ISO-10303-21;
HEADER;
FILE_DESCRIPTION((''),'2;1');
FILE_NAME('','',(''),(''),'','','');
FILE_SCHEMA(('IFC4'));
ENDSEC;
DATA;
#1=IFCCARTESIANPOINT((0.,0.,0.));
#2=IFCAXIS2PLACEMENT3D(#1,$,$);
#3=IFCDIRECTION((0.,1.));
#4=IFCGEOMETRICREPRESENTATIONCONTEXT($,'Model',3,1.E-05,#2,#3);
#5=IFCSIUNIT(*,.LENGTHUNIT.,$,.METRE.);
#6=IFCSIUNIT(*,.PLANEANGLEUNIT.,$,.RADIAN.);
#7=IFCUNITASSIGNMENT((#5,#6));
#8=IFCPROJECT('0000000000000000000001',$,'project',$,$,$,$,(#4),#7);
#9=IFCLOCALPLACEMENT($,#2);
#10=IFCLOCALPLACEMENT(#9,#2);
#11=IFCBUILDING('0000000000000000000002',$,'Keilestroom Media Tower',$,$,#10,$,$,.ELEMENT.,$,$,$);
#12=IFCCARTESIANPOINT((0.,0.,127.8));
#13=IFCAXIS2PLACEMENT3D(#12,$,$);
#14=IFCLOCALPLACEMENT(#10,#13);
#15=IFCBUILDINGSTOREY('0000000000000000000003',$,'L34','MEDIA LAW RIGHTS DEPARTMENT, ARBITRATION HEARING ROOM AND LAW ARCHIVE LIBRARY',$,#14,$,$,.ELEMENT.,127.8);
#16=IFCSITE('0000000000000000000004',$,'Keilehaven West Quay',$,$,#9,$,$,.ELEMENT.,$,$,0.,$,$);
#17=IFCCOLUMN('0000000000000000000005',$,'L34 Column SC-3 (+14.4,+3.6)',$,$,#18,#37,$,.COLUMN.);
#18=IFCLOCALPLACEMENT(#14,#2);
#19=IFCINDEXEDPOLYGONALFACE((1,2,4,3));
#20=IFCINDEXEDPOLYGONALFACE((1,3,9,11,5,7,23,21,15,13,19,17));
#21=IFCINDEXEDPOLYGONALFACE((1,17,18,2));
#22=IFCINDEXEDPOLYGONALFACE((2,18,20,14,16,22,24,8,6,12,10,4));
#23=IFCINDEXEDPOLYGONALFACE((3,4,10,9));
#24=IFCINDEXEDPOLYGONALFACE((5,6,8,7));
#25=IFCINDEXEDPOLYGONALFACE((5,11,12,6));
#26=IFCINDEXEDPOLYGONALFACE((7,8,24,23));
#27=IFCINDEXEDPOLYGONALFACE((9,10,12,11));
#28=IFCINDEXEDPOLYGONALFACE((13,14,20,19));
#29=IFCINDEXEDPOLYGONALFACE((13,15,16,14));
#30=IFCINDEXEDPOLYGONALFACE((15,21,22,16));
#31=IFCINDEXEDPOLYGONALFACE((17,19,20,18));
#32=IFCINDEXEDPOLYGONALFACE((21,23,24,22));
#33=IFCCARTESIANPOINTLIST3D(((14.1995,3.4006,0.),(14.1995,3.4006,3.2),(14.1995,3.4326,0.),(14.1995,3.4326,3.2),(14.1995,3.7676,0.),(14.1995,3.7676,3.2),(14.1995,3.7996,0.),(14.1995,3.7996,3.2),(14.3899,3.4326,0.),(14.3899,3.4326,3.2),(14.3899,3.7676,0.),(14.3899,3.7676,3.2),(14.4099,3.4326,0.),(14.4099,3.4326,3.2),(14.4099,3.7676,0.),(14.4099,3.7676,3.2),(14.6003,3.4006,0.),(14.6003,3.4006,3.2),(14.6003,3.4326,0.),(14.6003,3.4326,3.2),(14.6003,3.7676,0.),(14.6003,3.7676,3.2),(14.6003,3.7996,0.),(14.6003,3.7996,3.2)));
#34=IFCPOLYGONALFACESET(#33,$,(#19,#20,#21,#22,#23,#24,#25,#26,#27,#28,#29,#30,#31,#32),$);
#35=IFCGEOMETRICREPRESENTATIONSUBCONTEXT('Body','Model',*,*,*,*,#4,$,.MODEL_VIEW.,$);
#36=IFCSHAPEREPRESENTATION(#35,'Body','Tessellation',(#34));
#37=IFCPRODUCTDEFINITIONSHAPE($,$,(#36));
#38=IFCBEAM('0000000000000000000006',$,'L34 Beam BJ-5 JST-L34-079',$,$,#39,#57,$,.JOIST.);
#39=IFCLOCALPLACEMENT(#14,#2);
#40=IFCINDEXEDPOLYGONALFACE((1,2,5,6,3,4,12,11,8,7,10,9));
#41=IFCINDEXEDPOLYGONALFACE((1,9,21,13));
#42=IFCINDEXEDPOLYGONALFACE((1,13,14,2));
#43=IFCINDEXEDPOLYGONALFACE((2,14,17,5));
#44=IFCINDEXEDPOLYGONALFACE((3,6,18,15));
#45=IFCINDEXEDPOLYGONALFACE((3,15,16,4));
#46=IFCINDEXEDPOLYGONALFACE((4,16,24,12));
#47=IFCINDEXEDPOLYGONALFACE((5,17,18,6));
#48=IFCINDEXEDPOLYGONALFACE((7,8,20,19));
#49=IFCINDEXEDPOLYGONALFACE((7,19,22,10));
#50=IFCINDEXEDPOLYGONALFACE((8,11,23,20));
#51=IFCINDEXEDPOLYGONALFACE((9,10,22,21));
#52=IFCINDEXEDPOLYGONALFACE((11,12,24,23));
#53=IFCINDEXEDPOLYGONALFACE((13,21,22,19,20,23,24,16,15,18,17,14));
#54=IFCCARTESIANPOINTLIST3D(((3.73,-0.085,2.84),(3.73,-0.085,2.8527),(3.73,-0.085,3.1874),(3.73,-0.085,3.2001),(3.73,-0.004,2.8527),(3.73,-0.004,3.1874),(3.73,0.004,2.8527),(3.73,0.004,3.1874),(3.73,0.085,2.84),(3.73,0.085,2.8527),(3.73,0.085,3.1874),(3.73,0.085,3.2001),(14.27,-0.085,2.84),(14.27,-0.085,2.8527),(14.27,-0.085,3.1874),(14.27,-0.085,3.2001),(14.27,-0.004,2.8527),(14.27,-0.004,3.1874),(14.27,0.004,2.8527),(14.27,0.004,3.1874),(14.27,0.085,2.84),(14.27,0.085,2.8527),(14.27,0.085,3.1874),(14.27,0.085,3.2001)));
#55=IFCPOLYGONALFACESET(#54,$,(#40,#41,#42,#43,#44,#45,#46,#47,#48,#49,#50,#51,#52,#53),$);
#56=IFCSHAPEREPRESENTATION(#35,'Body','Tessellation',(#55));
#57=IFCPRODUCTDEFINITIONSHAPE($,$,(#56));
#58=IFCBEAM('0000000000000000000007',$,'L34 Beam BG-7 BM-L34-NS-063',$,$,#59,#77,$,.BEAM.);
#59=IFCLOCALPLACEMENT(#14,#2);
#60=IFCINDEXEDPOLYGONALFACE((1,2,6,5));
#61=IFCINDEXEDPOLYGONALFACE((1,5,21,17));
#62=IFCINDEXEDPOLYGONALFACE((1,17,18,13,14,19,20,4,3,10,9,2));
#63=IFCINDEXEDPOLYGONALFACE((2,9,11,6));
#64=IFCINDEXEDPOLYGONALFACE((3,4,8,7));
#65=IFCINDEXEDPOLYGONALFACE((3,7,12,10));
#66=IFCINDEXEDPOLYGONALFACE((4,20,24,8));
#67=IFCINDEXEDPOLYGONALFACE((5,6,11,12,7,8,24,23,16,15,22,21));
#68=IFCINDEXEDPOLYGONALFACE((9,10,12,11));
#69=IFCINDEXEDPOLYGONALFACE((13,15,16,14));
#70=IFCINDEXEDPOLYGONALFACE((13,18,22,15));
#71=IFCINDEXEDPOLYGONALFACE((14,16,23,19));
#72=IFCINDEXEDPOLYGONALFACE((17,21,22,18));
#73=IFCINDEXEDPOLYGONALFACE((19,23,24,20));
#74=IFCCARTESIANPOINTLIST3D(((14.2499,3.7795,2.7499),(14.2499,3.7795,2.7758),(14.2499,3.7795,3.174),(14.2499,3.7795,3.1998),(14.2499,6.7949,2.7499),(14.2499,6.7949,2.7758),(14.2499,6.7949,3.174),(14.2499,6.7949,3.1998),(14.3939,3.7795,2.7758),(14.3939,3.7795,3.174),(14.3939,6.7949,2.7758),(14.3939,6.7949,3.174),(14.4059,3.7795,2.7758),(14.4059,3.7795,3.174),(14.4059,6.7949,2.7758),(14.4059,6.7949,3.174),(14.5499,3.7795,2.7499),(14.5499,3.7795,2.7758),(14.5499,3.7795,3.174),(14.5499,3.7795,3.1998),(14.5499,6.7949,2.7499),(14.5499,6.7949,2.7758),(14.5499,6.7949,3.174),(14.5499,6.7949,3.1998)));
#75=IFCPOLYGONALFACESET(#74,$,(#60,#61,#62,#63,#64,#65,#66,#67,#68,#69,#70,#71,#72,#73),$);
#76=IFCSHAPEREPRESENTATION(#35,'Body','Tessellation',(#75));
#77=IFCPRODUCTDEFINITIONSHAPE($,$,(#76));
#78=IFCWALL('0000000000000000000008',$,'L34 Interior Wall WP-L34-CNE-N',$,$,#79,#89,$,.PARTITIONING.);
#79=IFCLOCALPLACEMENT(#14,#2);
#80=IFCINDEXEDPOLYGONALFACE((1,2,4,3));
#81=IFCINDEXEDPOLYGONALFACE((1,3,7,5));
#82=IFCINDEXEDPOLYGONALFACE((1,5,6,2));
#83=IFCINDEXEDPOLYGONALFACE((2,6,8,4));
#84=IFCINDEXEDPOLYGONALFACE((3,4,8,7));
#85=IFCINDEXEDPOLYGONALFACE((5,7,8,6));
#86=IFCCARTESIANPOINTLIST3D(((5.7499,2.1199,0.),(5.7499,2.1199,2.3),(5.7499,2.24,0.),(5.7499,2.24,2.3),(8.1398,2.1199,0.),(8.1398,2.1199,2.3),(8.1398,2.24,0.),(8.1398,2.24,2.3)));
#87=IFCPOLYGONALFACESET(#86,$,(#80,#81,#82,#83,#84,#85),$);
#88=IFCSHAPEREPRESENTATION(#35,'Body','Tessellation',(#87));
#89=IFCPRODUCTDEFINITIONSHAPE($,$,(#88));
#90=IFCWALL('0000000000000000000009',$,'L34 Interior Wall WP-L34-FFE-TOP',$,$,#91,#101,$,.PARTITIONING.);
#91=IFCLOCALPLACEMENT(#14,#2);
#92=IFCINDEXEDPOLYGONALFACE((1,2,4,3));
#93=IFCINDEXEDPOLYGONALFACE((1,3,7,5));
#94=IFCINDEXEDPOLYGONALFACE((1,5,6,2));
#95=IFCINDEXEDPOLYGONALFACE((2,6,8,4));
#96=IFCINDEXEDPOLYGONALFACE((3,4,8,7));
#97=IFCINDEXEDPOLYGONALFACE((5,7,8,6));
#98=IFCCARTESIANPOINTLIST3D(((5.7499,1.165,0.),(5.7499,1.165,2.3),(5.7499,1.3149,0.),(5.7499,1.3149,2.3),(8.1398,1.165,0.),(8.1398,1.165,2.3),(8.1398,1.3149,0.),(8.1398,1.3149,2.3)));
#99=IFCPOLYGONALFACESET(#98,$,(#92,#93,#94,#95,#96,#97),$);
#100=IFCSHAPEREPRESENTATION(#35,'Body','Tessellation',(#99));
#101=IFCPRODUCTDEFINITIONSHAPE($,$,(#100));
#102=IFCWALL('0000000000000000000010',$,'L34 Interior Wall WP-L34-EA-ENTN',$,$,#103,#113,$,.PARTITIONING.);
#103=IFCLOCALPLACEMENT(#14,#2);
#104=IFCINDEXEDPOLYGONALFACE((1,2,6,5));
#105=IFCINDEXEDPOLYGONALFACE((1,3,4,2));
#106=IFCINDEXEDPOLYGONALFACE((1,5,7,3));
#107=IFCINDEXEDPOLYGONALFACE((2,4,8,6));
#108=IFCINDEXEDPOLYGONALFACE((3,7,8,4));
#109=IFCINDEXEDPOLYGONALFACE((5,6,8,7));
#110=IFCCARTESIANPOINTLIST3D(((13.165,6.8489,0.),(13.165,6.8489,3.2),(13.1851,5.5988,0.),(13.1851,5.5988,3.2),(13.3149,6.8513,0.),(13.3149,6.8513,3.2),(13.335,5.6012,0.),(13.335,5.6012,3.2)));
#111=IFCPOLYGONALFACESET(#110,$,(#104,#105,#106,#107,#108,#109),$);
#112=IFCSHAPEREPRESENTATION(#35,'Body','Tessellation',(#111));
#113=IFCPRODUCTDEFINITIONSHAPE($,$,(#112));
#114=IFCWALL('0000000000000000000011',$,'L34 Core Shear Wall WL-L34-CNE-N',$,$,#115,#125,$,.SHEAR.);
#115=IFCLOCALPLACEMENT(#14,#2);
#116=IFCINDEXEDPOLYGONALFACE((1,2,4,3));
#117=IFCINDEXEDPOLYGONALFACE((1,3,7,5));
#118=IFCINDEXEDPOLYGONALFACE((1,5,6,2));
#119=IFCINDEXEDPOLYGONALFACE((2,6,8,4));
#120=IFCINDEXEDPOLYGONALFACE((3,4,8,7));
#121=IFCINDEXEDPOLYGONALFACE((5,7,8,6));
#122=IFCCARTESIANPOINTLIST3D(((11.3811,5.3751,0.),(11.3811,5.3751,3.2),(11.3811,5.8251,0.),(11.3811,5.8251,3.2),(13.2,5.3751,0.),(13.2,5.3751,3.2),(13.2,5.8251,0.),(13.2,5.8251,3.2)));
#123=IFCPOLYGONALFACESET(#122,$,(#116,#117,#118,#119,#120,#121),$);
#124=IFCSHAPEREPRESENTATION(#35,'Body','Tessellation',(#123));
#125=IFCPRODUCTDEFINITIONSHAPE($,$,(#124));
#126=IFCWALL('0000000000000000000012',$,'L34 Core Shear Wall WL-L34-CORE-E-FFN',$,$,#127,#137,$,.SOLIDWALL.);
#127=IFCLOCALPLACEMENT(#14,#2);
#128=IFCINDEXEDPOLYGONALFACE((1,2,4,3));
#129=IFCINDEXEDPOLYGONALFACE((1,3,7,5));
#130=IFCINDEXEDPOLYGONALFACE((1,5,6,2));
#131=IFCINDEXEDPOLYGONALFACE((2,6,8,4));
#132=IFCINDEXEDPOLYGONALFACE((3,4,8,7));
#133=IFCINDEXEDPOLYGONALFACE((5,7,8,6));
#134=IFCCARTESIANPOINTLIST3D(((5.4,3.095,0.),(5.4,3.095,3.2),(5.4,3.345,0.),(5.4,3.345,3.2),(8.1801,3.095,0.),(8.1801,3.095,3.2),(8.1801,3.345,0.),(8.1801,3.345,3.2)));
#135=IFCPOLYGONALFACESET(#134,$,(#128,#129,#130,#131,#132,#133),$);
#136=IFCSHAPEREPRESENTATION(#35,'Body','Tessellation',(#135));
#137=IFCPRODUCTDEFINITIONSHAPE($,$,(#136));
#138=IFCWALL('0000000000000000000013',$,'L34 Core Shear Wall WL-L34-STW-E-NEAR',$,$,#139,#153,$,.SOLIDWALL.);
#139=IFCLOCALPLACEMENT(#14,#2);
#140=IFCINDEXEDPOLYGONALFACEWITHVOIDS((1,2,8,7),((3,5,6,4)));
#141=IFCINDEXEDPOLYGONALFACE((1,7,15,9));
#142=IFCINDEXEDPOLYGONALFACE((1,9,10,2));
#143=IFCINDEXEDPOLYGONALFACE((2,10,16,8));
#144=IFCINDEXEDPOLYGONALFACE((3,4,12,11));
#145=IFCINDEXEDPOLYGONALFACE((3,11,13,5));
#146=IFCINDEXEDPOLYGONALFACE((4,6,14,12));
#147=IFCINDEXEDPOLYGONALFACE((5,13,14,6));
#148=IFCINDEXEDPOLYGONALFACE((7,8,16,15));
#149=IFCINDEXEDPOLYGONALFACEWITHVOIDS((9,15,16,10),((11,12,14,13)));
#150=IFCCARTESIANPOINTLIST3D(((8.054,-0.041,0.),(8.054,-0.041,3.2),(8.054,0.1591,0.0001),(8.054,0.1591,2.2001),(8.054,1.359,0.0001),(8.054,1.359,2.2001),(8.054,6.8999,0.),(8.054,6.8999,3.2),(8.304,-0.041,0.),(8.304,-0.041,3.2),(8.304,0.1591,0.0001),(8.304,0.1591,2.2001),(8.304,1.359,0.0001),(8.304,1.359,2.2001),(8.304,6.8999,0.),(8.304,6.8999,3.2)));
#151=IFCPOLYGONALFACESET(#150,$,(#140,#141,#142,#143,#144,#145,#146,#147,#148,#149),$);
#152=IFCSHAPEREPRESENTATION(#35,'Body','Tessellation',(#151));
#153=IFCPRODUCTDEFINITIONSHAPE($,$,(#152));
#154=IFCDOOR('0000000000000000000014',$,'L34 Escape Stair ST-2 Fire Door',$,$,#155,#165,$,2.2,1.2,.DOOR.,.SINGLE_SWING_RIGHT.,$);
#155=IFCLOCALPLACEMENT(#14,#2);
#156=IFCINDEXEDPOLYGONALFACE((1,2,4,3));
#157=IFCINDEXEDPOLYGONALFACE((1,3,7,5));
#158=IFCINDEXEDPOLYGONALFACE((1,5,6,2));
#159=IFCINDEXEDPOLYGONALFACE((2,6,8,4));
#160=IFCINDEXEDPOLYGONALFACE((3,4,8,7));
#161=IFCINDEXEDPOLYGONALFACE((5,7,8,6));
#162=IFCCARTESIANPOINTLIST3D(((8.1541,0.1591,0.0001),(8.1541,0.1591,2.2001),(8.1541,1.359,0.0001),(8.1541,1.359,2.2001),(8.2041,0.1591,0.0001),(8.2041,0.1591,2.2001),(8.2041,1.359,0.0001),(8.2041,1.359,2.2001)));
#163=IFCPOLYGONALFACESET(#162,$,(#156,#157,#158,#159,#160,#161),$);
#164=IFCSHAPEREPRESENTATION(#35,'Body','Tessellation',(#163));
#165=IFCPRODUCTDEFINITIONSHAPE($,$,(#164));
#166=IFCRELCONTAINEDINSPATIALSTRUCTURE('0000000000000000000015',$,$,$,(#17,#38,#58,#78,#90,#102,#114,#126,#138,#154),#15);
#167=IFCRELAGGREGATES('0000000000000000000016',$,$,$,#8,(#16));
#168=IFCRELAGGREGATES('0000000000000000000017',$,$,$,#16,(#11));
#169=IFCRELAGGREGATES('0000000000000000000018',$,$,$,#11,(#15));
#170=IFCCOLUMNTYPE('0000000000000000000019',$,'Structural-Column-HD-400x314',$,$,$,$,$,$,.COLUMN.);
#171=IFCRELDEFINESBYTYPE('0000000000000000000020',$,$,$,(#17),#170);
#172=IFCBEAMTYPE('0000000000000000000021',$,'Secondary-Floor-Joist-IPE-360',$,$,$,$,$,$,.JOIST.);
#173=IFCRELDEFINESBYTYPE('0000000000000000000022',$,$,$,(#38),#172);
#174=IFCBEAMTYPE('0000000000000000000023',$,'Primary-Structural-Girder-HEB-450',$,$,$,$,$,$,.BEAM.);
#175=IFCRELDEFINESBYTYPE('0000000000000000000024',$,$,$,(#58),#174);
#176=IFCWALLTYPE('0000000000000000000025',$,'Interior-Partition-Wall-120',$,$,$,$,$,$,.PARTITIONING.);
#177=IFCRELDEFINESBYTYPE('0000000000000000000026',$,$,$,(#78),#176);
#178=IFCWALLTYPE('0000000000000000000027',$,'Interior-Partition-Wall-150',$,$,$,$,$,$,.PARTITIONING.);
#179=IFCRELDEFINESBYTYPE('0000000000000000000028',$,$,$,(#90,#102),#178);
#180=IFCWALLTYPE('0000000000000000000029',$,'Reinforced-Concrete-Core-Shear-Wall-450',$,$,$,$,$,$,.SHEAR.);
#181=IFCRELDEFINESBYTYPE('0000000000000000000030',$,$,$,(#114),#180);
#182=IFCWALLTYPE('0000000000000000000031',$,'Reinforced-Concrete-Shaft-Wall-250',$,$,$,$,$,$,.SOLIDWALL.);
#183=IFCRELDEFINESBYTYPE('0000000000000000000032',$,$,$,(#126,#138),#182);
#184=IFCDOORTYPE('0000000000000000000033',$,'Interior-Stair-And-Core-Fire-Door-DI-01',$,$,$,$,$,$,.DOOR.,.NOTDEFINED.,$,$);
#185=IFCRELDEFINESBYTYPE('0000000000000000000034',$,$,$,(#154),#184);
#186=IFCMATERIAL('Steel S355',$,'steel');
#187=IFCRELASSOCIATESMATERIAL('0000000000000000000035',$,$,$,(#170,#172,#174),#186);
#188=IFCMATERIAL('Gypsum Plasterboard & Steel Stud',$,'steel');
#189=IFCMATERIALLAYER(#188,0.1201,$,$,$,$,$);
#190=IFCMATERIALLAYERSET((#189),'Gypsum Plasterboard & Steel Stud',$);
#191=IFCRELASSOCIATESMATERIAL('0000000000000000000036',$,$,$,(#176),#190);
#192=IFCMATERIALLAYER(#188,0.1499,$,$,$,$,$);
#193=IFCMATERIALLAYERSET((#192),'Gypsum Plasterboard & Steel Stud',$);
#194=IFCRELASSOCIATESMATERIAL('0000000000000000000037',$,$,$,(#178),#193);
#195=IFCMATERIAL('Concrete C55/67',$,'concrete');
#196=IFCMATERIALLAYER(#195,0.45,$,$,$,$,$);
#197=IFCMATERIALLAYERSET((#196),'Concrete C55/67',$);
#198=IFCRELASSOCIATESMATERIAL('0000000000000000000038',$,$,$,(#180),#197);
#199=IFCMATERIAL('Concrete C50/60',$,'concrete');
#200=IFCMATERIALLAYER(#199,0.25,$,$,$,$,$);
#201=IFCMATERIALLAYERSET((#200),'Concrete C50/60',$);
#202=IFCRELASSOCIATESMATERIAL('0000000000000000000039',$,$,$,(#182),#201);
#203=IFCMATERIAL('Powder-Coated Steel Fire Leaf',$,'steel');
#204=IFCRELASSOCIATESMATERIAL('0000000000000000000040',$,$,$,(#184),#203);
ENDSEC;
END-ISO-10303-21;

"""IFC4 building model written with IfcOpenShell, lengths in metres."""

from ifc_helpers import new_model, si_unit, direction, frame, frame_2d, origin, origin_2d, place, context, subcontext, project, spatial, rectangle, i_section, extrude, source, transform, mapped, material, layer, layer_set, material_profile, profile_set, type_object, element, fill, save


model = new_model("IFC4")

# Units and contexts
model_context = context("Model", 3, precision=1e-05, world=origin(), true_north=direction((0.0, 1.0)))
body_context = subcontext(model_context, "Body", "Model", "MODEL_VIEW")
ifc_project = project(units=[si_unit("LENGTHUNIT", "METRE"), si_unit("PLANEANGLEUNIT", "RADIAN")], contexts=[model_context])

# Site, building, storey
site_placement = place(None, origin())
site = spatial("IfcSite", under=ifc_project, at=site_placement, Name="Keilehaven West Quay", CompositionType="ELEMENT", RefElevation=0.0)
building_placement = place(site_placement, origin())
building = spatial("IfcBuilding", under=site, at=building_placement, Name="Keilestroom Media Tower", CompositionType="ELEMENT")
storey_placement = place(building_placement, frame((0.0, 0.0, 127.8)))
storey = spatial("IfcBuildingStorey", under=building, at=storey_placement, Name="L34", Description="MEDIA LAW RIGHTS DEPARTMENT, ARBITRATION HEARING ROOM AND LAW ARCHIVE LIBRARY", CompositionType="ELEMENT", Elevation=127.8)

# Column
ifc_material_1 = material(Name="Steel S355", Category="steel")
ifc_material_profile_1 = material_profile(ifc_material_1, i_section(OverallWidth=0.4009, OverallDepth=0.3989, WebThickness=0.02, FlangeThickness=0.032, at=origin_2d()), Name="HD 400x314")
ifc_profile_set_1 = profile_set([ifc_material_profile_1], Name="Steel S355")
column_type = type_object("IfcColumnType", Name="Structural-Column-HD-400x314", PredefinedType="COLUMN", material=ifc_profile_set_1)
shared_shape_1 = source(origin(), body_context, "Body", "SweptSolid", [
    extrude(i_section(OverallWidth=0.4009, OverallDepth=0.3989, WebThickness=0.02, FlangeThickness=0.032, at=origin_2d()), origin(), (0.0, 0.0, 1.0), 3.2),
])
column_placement = place(storey_placement, frame((14.3999, 3.6001, 0.0), z_axis=(0.0, 0.0, 1.0), x_axis=(1.0, 0.0, 0.0)))
element("IfcColumn", 1, at=column_placement, inside=storey, type_object=column_type, Name="L34 Column SC-3 (+14.4,+3.6)", PredefinedType="COLUMN", context=body_context, shape_type="MappedRepresentation", body=[
    mapped(shared_shape_1, transform((0.0, 0.0, 0.0), x_axis=(1.0, 0.0, 0.0), y_axis=(0.0, 1.0, 0.0), z_axis=(0.0, 0.0, 1.0), scale=1.0)),
])

# Beams
ifc_material_profile_2 = material_profile(ifc_material_1, i_section(OverallWidth=0.1699, OverallDepth=0.3601, WebThickness=0.0081, FlangeThickness=0.0127, at=origin_2d()), Name="IPE 360")
ifc_profile_set_2 = profile_set([ifc_material_profile_2], Name="Steel S355")
beam_type_1 = type_object("IfcBeamType", Name="Secondary-Floor-Joist-IPE-360", PredefinedType="JOIST", material=ifc_profile_set_2)
shared_shape_2 = source(origin(), body_context, "Body", "SweptSolid", [
    extrude(i_section(OverallWidth=0.1699, OverallDepth=0.3601, WebThickness=0.0081, FlangeThickness=0.0127, at=origin_2d()), origin(), (0.0, 0.0, 1.0), 10.54),
])
beam_1_placement = place(storey_placement, frame((3.73, 0.0, 3.02), z_axis=(1.0, 0.0, 0.0), x_axis=(0.0, 1.0, 0.0)))
element("IfcBeam", 2, at=beam_1_placement, inside=storey, type_object=beam_type_1, Name="L34 Beam BJ-5 JST-L34-079", PredefinedType="JOIST", context=body_context, shape_type="MappedRepresentation", body=[
    mapped(shared_shape_2, transform((0.0, 0.0, 0.0), x_axis=(1.0, 0.0, 0.0), y_axis=(0.0, 1.0, 0.0), z_axis=(0.0, 0.0, 1.0), scale=1.0)),
])
ifc_material_profile_3 = material_profile(ifc_material_1, i_section(OverallWidth=0.3, OverallDepth=0.45, WebThickness=0.012, FlangeThickness=0.0259, at=origin_2d()), Name="HEB 450")
ifc_profile_set_3 = profile_set([ifc_material_profile_3], Name="Steel S355")
beam_type_2 = type_object("IfcBeamType", Name="Primary-Structural-Girder-HEB-450", PredefinedType="BEAM", material=ifc_profile_set_3)
shared_shape_3 = source(origin(), body_context, "Body", "SweptSolid", [
    extrude(i_section(OverallWidth=0.3, OverallDepth=0.45, WebThickness=0.012, FlangeThickness=0.0259, at=origin_2d()), origin(), (0.0, 0.0, 1.0), 3.0154),
])
beam_2_placement = place(storey_placement, frame((14.3999, 3.7795, 2.9749), z_axis=(0.0, 1.0, 0.0), x_axis=(-1.0, 0.0, 0.0)))
element("IfcBeam", 3, at=beam_2_placement, inside=storey, type_object=beam_type_2, Name="L34 Beam BG-7 BM-L34-NS-063", PredefinedType="BEAM", context=body_context, shape_type="MappedRepresentation", body=[
    mapped(shared_shape_3, transform((0.0, 0.0, 0.0), x_axis=(1.0, 0.0, 0.0), y_axis=(0.0, 1.0, 0.0), z_axis=(0.0, 0.0, 1.0), scale=1.0)),
])

# Walls
ifc_material_2 = material(Name="Gypsum Plasterboard & Steel Stud", Category="steel")
ifc_layer_1 = layer(ifc_material_2, 0.1201)
ifc_layer_set_1 = layer_set([ifc_layer_1], Name="Gypsum Plasterboard & Steel Stud")
wall_type_1 = type_object("IfcWallType", Name="Interior-Partition-Wall-120", PredefinedType="PARTITIONING", material=ifc_layer_set_1)
wall_1_placement = place(storey_placement, frame((5.75, 2.1799, 0.0), z_axis=(0.0, 0.0, 1.0), x_axis=(1.0, 0.0, 0.0)))
element("IfcWall", 4, at=wall_1_placement, inside=storey, type_object=wall_type_1, Name="L34 Interior Wall WP-L34-CNE-N", PredefinedType="PARTITIONING", context=body_context, shape_type="SweptSolid", body=[
    extrude(rectangle(XDim=2.3899, YDim=0.1201, at=frame_2d((1.1948, 0.0))), origin(), (0.0, 0.0, 1.0), 2.3),
])
ifc_layer_2 = layer(ifc_material_2, 0.1499)
ifc_layer_set_2 = layer_set([ifc_layer_2], Name="Gypsum Plasterboard & Steel Stud")
wall_type_2 = type_object("IfcWallType", Name="Interior-Partition-Wall-150", PredefinedType="PARTITIONING", material=ifc_layer_set_2)
wall_2_placement = place(storey_placement, frame((5.75, 1.24, 0.0), z_axis=(0.0, 0.0, 1.0), x_axis=(1.0, 0.0, 0.0)))
element("IfcWall", 5, at=wall_2_placement, inside=storey, type_object=wall_type_2, Name="L34 Interior Wall WP-L34-FFE-TOP", PredefinedType="PARTITIONING", context=body_context, shape_type="SweptSolid", body=[
    extrude(rectangle(XDim=2.3899, YDim=0.1499, at=frame_2d((1.1948, 0.0))), origin(), (0.0, 0.0, 1.0), 2.3),
])
wall_3_placement = place(storey_placement, frame((13.26, 5.6001, 0.0), z_axis=(0.0, 0.0, 1.0), x_axis=(-0.016014, 0.999872, 0.0)))
element("IfcWall", 6, at=wall_3_placement, inside=storey, type_object=wall_type_2, Name="L34 Interior Wall WP-L34-EA-ENTN", PredefinedType="PARTITIONING", context=body_context, shape_type="SweptSolid", body=[
    extrude(rectangle(XDim=1.2502, YDim=0.1499, at=frame_2d((0.625, 0.0))), origin(), (0.0, 0.0, 1.0), 3.2),
])
ifc_material_3 = material(Name="Concrete C55/67", Category="concrete")
ifc_layer_3 = layer(ifc_material_3, 0.45)
ifc_layer_set_3 = layer_set([ifc_layer_3], Name="Concrete C55/67")
wall_type_3 = type_object("IfcWallType", Name="Reinforced-Concrete-Core-Shear-Wall-450", PredefinedType="SHEAR", material=ifc_layer_set_3)
wall_4_placement = place(storey_placement, frame((11.3811, 5.6001, 0.0), z_axis=(0.0, 0.0, 1.0), x_axis=(1.0, 0.0, 0.0)))
element("IfcWall", 7, at=wall_4_placement, inside=storey, type_object=wall_type_3, Name="L34 Core Shear Wall WL-L34-CNE-N", PredefinedType="SHEAR", context=body_context, shape_type="SweptSolid", body=[
    extrude(rectangle(XDim=1.8188, YDim=0.45, at=frame_2d((0.9094, 0.0))), origin(), (0.0, 0.0, 1.0), 3.2),
])
ifc_material_4 = material(Name="Concrete C50/60", Category="concrete")
ifc_layer_4 = layer(ifc_material_4, 0.25)
ifc_layer_set_4 = layer_set([ifc_layer_4], Name="Concrete C50/60")
wall_type_4 = type_object("IfcWallType", Name="Reinforced-Concrete-Shaft-Wall-250", PredefinedType="SOLIDWALL", material=ifc_layer_set_4)
wall_5_placement = place(storey_placement, frame((5.3999, 3.22, 0.0), z_axis=(0.0, 0.0, 1.0), x_axis=(1.0, 0.0, 0.0)))
element("IfcWall", 8, at=wall_5_placement, inside=storey, type_object=wall_type_4, Name="L34 Core Shear Wall WL-L34-CORE-E-FFN", PredefinedType="SOLIDWALL", context=body_context, shape_type="SweptSolid", body=[
    extrude(rectangle(XDim=2.78, YDim=0.25, at=frame_2d((1.3901, 0.0))), origin(), (0.0, 0.0, 1.0), 3.2),
])

# Wall, opening, door
wall_6_placement = place(storey_placement, frame((8.179, -0.041, 0.0), z_axis=(0.0, 0.0, 1.0), x_axis=(0.0, 1.0, 0.0)))
wall_6 = element("IfcWall", 9, at=wall_6_placement, inside=storey, type_object=wall_type_4, Name="L34 Core Shear Wall WL-L34-STW-E-NEAR", PredefinedType="SOLIDWALL", context=body_context, shape_type="SweptSolid", body=[
    extrude(rectangle(XDim=6.9409, YDim=0.25, at=frame_2d((3.4705, 0.0))), origin(), (0.0, 0.0, 1.0), 3.2),
])
opening_placement = place(wall_6_placement, frame((0.2, 0.0, 0.0)))
opening = element("IfcOpeningElement", 10, at=opening_placement, cuts=wall_6, PredefinedType="OPENING", context=body_context, shape_type="SweptSolid", body=[
    extrude(rectangle(XDim=1.2, YDim=2.2, at=frame_2d((0.6001, 1.1001))), frame((0.0, 0.135, 0.0), z_axis=(0.0, -1.0, 0.0), x_axis=(1.0, 0.0, 0.0)), (0.0, 0.0, 1.0), 0.27),
])
ifc_material_5 = material(Name="Powder-Coated Steel Fire Leaf", Category="steel")
door_type = type_object("IfcDoorType", Name="Interior-Stair-And-Core-Fire-Door-DI-01", OperationType="NOTDEFINED", PredefinedType="DOOR", material=ifc_material_5)
shared_shape_4 = source(origin(), body_context, "Body", "SweptSolid", [
    extrude(rectangle(XDim=1.2, YDim=2.2, at=frame_2d((0.6001, 1.1001))), frame((0.0, 0.0249, 0.0), z_axis=(0.0, -1.0, 0.0), x_axis=(1.0, 0.0, 0.0)), (0.0, 0.0, 1.0), 0.05),
])
door_placement = place(opening_placement, origin())
door = element("IfcDoor", 11, at=door_placement, inside=storey, type_object=door_type, Name="L34 Escape Stair ST-2 Fire Door", OperationType="SINGLE_SWING_RIGHT", OverallHeight=2.2, OverallWidth=1.2, PredefinedType="DOOR", context=body_context, shape_type="MappedRepresentation", body=[
    mapped(shared_shape_4, transform((0.0, 0.0, 0.0), x_axis=(1.0, 0.0, 0.0), y_axis=(0.0, 1.0, 0.0), z_axis=(0.0, 0.0, 1.0), scale=1.0)),
])
fill(opening, door)

save(model, "model.ifc")
